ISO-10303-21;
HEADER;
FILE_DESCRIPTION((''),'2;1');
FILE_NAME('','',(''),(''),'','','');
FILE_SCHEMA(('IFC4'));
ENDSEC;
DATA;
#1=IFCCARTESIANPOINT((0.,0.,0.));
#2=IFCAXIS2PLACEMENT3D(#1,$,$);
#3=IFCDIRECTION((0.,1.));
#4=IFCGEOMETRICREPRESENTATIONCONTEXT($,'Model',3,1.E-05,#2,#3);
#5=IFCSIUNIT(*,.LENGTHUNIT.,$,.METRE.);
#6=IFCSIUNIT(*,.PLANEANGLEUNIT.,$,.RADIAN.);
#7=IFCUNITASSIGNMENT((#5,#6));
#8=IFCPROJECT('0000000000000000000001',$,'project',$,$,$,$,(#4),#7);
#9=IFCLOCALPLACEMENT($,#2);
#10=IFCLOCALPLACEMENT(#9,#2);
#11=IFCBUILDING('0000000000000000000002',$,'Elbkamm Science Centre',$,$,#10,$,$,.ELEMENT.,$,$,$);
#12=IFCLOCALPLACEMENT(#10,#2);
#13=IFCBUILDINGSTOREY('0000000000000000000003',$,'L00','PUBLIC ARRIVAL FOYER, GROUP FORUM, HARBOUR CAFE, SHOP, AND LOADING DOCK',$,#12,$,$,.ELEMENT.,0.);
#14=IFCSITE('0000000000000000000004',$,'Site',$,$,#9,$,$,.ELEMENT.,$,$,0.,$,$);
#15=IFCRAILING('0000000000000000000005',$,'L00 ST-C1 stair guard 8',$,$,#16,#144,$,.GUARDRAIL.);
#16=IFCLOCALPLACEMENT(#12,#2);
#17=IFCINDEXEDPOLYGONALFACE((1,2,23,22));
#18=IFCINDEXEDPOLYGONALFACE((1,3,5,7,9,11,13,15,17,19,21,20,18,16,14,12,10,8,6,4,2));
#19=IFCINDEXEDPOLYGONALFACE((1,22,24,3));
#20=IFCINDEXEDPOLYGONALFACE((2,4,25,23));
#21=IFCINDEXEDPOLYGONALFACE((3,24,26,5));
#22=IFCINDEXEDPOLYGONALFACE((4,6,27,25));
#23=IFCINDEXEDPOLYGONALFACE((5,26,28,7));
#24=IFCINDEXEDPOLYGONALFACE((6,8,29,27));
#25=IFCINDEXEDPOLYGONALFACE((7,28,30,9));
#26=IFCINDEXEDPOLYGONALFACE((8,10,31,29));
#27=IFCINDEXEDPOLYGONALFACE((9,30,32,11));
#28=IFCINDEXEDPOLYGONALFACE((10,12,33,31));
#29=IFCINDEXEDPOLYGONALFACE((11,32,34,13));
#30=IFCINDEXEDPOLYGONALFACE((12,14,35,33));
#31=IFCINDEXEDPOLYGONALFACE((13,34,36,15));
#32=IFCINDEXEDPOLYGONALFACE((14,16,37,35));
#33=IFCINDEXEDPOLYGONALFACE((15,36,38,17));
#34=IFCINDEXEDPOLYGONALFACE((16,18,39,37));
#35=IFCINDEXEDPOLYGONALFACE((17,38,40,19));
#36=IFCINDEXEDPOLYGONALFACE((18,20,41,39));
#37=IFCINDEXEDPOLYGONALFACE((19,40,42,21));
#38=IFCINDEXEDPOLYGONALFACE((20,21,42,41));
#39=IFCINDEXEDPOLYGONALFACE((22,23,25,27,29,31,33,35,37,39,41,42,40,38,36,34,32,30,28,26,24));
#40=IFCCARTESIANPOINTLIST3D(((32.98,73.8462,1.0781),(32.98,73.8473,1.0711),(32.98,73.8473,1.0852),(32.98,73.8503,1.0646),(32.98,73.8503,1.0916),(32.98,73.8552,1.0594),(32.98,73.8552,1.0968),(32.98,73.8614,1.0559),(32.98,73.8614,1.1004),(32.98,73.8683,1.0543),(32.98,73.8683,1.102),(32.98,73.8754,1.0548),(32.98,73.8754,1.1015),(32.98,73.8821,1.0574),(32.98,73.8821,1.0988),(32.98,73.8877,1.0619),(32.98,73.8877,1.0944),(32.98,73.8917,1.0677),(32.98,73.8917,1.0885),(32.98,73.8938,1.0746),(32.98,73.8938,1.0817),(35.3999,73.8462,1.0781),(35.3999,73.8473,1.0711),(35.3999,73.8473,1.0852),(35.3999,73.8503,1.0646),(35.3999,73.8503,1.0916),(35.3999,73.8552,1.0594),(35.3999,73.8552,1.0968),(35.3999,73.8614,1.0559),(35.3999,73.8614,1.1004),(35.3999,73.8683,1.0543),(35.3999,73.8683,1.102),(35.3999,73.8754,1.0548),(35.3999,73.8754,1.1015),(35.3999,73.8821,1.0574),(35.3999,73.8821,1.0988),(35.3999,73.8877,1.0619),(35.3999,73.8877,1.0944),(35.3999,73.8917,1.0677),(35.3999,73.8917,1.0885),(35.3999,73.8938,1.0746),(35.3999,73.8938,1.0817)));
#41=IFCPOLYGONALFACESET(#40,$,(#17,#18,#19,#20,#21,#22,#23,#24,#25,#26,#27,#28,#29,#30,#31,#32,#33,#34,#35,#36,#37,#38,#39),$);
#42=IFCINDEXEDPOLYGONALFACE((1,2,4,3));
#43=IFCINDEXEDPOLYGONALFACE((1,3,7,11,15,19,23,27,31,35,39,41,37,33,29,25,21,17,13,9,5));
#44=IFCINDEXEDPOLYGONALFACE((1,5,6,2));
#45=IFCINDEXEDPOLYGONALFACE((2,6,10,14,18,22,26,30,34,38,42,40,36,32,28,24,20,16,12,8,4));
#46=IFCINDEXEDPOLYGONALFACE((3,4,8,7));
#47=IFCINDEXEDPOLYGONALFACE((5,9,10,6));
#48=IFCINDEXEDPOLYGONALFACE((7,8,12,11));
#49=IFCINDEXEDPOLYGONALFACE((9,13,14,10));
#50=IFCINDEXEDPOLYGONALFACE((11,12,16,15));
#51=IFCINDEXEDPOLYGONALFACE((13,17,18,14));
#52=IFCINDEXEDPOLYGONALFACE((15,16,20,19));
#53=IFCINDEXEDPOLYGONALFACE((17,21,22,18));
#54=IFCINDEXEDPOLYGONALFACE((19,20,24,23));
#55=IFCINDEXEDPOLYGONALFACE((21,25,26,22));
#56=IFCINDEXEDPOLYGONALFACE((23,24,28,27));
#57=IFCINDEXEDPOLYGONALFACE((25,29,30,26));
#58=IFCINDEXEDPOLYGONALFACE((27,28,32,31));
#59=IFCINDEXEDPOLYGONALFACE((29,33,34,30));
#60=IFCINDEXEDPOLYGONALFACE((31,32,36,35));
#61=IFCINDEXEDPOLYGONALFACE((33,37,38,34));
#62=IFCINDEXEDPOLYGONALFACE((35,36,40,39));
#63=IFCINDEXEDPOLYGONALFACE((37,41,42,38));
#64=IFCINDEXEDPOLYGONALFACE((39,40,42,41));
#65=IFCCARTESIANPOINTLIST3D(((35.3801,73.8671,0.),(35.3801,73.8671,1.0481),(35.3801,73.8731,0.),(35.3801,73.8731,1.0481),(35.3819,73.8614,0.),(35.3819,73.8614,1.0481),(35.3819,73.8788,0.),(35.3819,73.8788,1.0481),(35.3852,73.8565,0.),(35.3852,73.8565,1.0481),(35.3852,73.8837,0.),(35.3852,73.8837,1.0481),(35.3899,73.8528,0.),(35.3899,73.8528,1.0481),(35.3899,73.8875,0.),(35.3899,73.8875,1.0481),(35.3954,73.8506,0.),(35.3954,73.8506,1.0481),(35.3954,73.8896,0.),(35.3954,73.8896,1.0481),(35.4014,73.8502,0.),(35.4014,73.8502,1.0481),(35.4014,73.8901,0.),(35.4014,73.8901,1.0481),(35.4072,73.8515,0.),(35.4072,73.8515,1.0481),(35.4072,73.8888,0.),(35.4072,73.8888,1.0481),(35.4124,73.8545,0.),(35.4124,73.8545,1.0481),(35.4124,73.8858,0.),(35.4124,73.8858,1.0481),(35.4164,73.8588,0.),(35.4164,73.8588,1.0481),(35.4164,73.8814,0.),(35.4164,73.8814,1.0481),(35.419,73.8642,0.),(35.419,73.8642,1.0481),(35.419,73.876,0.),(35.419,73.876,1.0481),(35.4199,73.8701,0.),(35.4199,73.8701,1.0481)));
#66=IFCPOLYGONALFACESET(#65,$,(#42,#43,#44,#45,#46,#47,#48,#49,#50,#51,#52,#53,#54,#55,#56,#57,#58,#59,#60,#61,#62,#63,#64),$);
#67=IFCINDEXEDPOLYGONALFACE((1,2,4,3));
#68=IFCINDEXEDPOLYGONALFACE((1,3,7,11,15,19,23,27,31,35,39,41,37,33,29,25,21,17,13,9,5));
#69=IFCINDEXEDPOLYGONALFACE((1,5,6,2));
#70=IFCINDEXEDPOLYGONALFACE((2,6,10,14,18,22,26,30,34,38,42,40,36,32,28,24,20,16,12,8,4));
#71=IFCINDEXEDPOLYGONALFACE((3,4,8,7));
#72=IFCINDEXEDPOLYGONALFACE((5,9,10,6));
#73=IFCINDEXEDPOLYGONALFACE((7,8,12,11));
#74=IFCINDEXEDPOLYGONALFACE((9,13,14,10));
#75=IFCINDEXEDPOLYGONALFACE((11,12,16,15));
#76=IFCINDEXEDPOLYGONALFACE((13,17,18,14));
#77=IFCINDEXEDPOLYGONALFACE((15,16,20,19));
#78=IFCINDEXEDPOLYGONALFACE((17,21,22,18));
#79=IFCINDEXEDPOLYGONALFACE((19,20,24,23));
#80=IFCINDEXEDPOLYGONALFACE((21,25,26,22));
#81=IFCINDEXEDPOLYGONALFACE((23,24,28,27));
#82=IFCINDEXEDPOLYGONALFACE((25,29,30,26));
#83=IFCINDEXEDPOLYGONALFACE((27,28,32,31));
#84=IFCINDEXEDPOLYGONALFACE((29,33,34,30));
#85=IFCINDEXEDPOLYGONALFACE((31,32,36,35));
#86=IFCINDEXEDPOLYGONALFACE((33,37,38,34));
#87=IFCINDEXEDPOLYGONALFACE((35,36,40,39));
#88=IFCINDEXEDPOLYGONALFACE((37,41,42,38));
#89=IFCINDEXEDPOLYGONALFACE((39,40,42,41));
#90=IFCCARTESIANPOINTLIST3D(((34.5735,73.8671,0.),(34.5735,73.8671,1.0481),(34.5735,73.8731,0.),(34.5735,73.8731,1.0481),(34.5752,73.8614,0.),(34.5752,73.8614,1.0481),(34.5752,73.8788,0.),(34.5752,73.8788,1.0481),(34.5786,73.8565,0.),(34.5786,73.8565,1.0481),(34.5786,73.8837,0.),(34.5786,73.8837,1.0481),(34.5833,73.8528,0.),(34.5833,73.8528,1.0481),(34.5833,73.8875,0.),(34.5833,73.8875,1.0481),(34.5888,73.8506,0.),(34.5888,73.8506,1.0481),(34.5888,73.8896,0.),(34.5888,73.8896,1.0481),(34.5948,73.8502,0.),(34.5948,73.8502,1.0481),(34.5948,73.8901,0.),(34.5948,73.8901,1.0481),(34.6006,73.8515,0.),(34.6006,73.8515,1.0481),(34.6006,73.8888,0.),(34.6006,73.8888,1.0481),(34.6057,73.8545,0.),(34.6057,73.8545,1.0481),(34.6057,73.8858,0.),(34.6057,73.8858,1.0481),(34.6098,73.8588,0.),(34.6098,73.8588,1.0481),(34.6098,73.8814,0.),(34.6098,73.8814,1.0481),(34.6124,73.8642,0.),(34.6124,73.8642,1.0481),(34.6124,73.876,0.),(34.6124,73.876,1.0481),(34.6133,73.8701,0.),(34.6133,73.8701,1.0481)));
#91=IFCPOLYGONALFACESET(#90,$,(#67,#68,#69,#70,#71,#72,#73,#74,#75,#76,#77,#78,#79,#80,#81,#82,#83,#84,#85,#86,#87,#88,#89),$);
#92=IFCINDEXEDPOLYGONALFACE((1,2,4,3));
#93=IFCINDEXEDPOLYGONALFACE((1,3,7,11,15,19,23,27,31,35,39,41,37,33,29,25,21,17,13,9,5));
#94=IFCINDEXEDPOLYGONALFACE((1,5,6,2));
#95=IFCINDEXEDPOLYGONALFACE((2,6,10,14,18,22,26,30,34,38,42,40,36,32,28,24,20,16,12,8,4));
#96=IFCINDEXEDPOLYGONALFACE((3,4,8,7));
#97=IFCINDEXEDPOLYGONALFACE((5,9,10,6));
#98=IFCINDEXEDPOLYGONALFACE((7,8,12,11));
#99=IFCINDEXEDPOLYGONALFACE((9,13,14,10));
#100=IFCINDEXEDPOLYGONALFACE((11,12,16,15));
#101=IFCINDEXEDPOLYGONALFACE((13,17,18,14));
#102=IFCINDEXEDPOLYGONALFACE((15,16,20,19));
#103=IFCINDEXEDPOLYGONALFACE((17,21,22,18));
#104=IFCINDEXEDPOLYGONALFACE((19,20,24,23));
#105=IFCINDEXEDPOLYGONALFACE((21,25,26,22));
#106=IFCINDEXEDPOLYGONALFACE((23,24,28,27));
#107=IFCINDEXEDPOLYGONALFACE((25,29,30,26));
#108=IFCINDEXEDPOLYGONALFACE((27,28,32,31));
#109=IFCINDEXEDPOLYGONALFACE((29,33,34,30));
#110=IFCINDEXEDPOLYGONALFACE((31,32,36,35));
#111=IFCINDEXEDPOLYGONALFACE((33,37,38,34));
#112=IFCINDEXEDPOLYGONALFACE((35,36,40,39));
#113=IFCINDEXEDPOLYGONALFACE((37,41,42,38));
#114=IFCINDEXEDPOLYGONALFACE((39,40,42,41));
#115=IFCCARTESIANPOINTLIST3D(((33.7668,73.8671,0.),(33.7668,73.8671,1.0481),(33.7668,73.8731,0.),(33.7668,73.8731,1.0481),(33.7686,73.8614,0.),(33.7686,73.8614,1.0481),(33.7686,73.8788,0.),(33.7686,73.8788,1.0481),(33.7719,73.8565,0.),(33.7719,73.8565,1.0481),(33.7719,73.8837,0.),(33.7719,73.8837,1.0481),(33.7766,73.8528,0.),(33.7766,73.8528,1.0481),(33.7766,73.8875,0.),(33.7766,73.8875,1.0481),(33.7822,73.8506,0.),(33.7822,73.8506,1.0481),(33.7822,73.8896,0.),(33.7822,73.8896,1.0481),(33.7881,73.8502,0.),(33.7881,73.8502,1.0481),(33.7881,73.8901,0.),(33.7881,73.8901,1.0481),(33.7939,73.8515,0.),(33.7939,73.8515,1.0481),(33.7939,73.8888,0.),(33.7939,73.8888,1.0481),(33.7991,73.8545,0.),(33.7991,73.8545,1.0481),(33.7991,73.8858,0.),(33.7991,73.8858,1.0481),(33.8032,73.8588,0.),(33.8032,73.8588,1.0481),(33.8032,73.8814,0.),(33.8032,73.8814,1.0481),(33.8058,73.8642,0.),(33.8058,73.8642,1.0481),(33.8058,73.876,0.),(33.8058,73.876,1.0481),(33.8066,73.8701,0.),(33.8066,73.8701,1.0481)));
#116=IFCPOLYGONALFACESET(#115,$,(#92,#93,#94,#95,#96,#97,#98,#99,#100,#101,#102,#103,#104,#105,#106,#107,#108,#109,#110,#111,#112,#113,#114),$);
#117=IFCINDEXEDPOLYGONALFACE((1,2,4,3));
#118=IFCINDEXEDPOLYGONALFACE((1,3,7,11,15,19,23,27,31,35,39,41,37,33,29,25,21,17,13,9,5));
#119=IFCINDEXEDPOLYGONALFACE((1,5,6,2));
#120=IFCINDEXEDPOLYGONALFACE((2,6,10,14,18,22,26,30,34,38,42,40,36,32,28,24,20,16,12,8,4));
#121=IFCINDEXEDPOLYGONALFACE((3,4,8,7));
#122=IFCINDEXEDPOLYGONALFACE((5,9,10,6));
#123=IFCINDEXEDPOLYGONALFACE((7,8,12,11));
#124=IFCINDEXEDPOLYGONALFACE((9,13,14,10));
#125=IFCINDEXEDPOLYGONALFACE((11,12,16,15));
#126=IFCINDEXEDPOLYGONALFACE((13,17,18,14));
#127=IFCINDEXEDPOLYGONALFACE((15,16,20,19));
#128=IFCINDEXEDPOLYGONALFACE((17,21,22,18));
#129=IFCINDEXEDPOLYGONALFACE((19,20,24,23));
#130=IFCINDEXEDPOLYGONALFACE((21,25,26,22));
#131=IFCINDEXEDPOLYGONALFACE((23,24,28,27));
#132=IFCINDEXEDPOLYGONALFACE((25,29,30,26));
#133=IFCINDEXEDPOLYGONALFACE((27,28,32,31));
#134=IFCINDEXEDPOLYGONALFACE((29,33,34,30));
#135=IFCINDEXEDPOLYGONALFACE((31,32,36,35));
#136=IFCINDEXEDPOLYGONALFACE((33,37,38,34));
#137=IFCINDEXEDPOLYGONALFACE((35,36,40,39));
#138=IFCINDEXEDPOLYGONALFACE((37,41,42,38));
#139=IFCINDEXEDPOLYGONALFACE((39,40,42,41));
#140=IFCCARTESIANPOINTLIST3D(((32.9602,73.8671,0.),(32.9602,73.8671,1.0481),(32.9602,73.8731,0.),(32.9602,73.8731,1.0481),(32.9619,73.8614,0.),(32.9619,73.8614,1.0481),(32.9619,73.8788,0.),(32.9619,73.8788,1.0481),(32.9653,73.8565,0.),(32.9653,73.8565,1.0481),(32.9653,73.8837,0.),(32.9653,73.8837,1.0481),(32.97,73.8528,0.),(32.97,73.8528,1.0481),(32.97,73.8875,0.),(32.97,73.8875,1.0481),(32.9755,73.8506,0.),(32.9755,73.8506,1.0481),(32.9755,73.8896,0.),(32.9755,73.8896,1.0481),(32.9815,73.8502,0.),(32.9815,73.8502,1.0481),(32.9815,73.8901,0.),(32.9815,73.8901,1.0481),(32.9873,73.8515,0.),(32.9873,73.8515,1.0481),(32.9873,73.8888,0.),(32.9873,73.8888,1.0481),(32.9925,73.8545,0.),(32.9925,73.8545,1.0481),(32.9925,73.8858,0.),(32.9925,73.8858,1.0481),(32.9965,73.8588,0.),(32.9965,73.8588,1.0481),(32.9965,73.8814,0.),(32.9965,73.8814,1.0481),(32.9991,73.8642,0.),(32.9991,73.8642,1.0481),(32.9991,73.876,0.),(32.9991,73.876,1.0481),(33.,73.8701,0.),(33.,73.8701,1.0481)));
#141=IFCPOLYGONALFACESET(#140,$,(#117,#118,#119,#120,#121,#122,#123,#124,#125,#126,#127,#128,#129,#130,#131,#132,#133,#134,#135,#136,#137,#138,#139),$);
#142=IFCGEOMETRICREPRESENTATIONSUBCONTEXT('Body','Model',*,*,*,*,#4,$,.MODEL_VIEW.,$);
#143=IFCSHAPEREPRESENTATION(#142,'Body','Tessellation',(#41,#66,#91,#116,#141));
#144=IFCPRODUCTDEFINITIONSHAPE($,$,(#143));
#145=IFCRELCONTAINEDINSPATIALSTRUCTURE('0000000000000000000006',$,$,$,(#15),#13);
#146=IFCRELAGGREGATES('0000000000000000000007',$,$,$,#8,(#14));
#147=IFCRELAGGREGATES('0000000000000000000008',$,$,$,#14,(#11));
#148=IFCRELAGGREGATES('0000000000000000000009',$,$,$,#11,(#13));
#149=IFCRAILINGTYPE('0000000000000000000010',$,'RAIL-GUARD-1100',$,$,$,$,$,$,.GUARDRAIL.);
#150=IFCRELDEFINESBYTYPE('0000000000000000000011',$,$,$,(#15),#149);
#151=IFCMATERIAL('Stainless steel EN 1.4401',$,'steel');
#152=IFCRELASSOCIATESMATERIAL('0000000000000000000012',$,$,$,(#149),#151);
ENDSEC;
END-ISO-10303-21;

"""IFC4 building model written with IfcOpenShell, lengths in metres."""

from ifc_helpers import new_model, si_unit, direction, frame, origin, origin_2d, place, context, subcontext, project, spatial, circle, extrude, material, type_object, element, save


model = new_model("IFC4")

# Units and contexts
model_context = context("Model", 3, precision=1e-05, world=origin(), true_north=direction((0.0, 1.0)))
body_context = subcontext(model_context, "Body", "Model", "MODEL_VIEW")
ifc_project = project(units=[si_unit("LENGTHUNIT", "METRE"), si_unit("PLANEANGLEUNIT", "RADIAN")], contexts=[model_context])

# Site, building, storey
site_placement = place(None, origin())
site = spatial("IfcSite", under=ifc_project, at=site_placement, Name="Site", CompositionType="ELEMENT", RefElevation=0.0)
building_placement = place(site_placement, origin())
building = spatial("IfcBuilding", under=site, at=building_placement, Name="Elbkamm Science Centre", CompositionType="ELEMENT")
storey_placement = place(building_placement, origin())
storey = spatial("IfcBuildingStorey", under=building, at=storey_placement, Name="L00", Description="PUBLIC ARRIVAL FOYER, GROUP FORUM, HARBOUR CAFE, SHOP, AND LOADING DOCK", CompositionType="ELEMENT", Elevation=0.0)

# Railing
ifc_material_1 = material(Name="Stainless steel EN 1.4401", Category="steel")
railing_type_1 = type_object("IfcRailingType", Name="RAIL-GUARD-1100", PredefinedType="GUARDRAIL", material=ifc_material_1)
for number, where, name in (
    (1, (35.3999, 73.8701, 0.0), "L00 ST-C1 stair guard 8"),
):
    element("IfcRailing", number, at=place(storey_placement, frame(where)), inside=storey, type_object=railing_type_1, Name=name, PredefinedType="GUARDRAIL", context=body_context, shape_type="SweptSolid", body=[
        extrude(circle(Radius=0.0239, at=origin_2d()), frame((0.0, 0.0, 1.0781), z_axis=(-1.0, 0.0, 0.0), x_axis=(0.0, -1.0, 0.0)), (0.0, 0.0, 1.0), 2.4199),
        extrude(circle(Radius=0.02, at=origin_2d()), origin(), (0.0, 0.0, 1.0), 1.0481),
        extrude(circle(Radius=0.02, at=origin_2d()), frame((-0.8066, 0.0, 0.0)), (0.0, 0.0, 1.0), 1.0481),
        extrude(circle(Radius=0.02, at=origin_2d()), frame((-1.6133, 0.0, 0.0)), (0.0, 0.0, 1.0), 1.0481),
        extrude(circle(Radius=0.02, at=origin_2d()), frame((-2.4199, 0.0, 0.0)), (0.0, 0.0, 1.0), 1.0481),
    ])

save(model, "model.ifc")
